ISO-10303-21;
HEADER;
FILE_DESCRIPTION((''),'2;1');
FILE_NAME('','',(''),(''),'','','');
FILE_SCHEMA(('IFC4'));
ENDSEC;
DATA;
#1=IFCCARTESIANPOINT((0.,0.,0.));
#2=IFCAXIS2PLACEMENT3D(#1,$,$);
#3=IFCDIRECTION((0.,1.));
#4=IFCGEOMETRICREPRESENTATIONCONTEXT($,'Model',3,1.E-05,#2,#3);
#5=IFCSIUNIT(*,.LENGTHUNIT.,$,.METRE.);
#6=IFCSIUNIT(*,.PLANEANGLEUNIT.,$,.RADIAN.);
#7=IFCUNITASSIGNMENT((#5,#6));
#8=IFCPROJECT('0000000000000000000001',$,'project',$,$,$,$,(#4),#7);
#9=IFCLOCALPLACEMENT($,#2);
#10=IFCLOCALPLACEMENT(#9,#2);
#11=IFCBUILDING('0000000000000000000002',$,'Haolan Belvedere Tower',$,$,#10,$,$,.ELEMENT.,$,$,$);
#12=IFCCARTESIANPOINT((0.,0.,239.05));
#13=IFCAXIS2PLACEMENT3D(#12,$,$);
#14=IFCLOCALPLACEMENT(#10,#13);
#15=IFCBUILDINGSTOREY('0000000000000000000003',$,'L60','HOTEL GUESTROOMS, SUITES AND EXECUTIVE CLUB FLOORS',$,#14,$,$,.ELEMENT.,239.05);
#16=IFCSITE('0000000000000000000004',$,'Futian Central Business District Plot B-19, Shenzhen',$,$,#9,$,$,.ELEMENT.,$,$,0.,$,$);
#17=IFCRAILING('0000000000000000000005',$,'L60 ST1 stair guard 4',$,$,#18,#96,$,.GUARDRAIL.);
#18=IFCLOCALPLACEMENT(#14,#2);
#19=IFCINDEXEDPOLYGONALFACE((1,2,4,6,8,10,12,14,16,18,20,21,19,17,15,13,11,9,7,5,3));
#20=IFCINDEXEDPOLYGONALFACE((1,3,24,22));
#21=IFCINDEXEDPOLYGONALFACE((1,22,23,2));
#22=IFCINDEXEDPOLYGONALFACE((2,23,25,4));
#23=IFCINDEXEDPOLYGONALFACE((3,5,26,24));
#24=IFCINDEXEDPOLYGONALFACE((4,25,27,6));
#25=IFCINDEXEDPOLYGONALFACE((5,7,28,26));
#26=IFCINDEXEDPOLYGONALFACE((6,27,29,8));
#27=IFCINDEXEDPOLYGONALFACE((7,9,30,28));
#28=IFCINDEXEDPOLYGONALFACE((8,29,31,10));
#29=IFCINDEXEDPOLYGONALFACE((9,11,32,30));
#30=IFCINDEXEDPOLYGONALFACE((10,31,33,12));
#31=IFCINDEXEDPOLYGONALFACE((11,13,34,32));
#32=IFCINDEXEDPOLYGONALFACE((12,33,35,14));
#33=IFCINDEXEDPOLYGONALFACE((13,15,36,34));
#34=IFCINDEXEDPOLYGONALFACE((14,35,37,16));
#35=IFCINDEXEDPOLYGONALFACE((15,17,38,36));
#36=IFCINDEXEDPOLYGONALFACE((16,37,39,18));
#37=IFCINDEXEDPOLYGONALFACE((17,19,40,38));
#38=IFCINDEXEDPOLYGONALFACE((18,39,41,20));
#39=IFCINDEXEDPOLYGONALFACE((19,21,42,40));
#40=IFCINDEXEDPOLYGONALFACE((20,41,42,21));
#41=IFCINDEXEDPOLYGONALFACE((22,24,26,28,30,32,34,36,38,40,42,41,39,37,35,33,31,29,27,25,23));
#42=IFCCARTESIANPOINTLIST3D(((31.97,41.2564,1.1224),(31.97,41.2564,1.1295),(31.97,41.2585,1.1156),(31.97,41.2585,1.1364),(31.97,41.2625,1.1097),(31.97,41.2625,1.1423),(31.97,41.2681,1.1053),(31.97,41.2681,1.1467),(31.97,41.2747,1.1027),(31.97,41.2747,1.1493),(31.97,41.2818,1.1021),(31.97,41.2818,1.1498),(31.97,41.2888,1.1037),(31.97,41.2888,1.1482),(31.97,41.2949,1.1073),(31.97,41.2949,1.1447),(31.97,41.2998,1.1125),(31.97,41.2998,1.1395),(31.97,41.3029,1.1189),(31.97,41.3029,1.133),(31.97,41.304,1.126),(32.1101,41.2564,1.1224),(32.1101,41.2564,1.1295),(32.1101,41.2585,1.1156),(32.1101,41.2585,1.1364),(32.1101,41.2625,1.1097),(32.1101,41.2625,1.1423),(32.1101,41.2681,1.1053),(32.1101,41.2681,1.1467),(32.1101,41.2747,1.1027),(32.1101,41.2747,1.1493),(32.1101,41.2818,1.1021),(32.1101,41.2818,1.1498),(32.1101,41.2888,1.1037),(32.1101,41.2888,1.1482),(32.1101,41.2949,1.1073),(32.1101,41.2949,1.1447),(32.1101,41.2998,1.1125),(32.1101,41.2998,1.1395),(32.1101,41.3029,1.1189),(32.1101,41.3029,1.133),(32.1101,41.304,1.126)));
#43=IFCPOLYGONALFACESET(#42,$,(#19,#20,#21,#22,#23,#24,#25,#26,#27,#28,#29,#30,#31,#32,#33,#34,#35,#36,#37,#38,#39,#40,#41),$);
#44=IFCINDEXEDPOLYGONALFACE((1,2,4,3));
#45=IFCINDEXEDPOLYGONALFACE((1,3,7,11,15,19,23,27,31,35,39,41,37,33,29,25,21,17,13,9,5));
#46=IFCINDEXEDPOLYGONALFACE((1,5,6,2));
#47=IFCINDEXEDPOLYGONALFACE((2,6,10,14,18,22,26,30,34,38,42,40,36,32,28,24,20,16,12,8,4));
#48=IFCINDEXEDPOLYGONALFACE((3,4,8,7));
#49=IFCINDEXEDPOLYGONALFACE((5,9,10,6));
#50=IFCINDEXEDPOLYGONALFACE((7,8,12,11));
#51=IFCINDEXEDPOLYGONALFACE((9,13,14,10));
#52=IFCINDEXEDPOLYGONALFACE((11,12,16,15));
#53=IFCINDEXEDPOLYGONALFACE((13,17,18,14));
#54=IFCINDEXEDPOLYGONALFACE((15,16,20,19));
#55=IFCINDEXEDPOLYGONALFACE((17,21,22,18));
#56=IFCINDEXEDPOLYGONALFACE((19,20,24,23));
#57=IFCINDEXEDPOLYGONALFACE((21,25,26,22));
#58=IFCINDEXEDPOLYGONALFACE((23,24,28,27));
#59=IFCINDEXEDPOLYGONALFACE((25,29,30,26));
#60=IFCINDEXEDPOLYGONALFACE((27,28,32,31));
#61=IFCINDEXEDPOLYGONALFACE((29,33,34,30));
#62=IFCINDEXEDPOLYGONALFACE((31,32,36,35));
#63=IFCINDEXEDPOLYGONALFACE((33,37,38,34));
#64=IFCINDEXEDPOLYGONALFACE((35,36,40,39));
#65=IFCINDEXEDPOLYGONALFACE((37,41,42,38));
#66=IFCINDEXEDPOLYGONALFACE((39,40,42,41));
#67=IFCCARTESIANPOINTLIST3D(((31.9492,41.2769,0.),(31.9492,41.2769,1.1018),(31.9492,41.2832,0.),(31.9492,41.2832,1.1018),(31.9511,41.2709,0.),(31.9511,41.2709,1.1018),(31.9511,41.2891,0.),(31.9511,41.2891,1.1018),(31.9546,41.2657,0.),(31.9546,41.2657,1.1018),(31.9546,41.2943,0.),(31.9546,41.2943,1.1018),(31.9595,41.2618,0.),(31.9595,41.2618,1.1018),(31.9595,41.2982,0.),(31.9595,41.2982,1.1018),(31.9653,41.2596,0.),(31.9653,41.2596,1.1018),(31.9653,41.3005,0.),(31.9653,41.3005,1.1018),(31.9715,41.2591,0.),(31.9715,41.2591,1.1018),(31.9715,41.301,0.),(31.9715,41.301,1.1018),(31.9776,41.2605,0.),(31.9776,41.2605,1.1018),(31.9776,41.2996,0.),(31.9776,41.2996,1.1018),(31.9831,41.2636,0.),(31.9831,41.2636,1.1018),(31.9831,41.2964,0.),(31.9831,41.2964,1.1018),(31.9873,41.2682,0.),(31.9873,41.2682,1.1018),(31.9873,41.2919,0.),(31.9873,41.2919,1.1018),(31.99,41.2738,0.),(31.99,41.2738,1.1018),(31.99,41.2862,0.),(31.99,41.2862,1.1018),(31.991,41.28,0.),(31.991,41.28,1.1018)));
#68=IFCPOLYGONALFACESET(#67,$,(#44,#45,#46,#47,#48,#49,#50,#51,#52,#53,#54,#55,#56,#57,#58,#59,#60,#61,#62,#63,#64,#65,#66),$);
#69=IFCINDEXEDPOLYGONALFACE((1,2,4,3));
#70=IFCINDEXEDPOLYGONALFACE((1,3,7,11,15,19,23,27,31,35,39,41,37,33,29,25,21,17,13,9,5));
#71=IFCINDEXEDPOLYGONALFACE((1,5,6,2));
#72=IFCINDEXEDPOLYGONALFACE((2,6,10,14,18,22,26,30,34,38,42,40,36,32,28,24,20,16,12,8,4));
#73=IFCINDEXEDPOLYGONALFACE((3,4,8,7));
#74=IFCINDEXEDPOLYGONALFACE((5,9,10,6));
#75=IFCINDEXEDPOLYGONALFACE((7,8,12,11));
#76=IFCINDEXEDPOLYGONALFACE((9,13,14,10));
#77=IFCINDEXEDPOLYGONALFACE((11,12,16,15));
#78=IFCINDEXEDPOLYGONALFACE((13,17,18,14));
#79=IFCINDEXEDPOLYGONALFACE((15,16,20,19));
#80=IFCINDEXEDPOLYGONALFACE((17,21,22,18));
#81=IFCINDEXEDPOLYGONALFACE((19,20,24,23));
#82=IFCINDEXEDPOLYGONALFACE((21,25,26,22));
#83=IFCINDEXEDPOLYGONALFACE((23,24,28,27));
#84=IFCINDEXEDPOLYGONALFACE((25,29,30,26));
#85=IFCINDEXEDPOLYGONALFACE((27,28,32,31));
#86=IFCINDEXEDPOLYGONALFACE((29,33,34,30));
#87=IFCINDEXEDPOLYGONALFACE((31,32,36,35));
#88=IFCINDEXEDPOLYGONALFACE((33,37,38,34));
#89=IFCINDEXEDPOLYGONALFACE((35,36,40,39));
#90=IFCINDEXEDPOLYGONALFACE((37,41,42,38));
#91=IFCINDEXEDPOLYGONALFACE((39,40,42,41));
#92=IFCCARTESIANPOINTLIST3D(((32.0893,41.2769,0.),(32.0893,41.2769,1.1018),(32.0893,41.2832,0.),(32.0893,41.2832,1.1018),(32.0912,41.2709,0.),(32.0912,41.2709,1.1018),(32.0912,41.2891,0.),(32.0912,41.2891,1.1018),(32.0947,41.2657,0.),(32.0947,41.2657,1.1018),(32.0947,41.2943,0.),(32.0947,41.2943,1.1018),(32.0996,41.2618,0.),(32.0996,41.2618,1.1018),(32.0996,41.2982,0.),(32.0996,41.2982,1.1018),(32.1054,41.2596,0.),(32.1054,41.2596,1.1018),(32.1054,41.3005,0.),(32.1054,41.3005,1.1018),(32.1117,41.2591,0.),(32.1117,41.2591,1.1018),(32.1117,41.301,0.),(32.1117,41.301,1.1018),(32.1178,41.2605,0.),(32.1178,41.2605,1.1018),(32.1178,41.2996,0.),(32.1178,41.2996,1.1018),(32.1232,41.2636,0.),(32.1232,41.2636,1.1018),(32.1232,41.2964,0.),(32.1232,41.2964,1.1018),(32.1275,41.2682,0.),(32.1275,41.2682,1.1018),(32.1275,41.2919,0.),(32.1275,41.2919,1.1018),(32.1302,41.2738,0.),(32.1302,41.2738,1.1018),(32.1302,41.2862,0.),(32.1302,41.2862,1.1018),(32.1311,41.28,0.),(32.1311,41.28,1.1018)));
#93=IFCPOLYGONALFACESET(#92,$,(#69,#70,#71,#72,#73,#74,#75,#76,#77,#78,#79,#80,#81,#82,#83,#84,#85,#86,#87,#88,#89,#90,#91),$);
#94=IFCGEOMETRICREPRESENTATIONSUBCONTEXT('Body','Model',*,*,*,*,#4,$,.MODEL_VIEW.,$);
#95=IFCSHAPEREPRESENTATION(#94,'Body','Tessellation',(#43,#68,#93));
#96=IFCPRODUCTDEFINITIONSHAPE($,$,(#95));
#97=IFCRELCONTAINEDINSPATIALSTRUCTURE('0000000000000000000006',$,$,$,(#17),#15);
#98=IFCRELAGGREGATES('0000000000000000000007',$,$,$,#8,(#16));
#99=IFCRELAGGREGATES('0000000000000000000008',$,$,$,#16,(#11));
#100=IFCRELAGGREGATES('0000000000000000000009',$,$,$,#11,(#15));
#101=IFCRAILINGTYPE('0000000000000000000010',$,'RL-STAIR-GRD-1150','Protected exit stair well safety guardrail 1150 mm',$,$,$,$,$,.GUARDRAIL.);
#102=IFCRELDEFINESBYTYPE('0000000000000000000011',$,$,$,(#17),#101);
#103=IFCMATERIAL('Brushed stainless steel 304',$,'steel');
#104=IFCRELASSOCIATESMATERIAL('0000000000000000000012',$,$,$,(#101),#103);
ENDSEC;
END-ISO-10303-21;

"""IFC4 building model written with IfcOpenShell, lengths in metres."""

from ifc_helpers import new_model, si_unit, direction, frame, origin, origin_2d, place, context, subcontext, project, spatial, circle, extrude, material, type_object, element, save


model = new_model("IFC4")

# Units and contexts
model_context = context("Model", 3, precision=1e-05, world=origin(), true_north=direction((0.0, 1.0)))
body_context = subcontext(model_context, "Body", "Model", "MODEL_VIEW")
ifc_project = project(units=[si_unit("LENGTHUNIT", "METRE"), si_unit("PLANEANGLEUNIT", "RADIAN")], contexts=[model_context])

# Site, building, storey
site_placement = place(None, origin())
site = spatial("IfcSite", under=ifc_project, at=site_placement, Name="Futian Central Business District Plot B-19, Shenzhen", CompositionType="ELEMENT", RefElevation=0.0)
building_placement = place(site_placement, origin())
building = spatial("IfcBuilding", under=site, at=building_placement, Name="Haolan Belvedere Tower", CompositionType="ELEMENT")
storey_placement = place(building_placement, frame((0.0, 0.0, 239.05)))
storey = spatial("IfcBuildingStorey", under=building, at=storey_placement, Name="L60", Description="HOTEL GUESTROOMS, SUITES AND EXECUTIVE CLUB FLOORS", CompositionType="ELEMENT", Elevation=239.05)

# Railing
ifc_material_1 = material(Name="Brushed stainless steel 304", Category="steel")
railing_type = type_object("IfcRailingType", Name="RL-STAIR-GRD-1150", Description="Protected exit stair well safety guardrail 1150 mm", PredefinedType="GUARDRAIL", material=ifc_material_1)
railing_placement = place(storey_placement, frame((31.97, 41.28, 0.0)))
element("IfcRailing", 1, at=railing_placement, inside=storey, type_object=railing_type, Name="L60 ST1 stair guard 4", PredefinedType="GUARDRAIL", context=body_context, shape_type="SweptSolid", body=[
    extrude(circle(Radius=0.0239, at=origin_2d()), frame((0.0, 0.0, 1.126), z_axis=(1.0, 0.0, 0.0), x_axis=(0.0, 1.0, 0.0)), (0.0, 0.0, 1.0), 0.1401),
    extrude(circle(Radius=0.021, at=origin_2d()), origin(), (0.0, 0.0, 1.0), 1.1018),
    extrude(circle(Radius=0.021, at=origin_2d()), frame((0.1401, 0.0, 0.0)), (0.0, 0.0, 1.0), 1.1018),
])

save(model, "model.ifc")
